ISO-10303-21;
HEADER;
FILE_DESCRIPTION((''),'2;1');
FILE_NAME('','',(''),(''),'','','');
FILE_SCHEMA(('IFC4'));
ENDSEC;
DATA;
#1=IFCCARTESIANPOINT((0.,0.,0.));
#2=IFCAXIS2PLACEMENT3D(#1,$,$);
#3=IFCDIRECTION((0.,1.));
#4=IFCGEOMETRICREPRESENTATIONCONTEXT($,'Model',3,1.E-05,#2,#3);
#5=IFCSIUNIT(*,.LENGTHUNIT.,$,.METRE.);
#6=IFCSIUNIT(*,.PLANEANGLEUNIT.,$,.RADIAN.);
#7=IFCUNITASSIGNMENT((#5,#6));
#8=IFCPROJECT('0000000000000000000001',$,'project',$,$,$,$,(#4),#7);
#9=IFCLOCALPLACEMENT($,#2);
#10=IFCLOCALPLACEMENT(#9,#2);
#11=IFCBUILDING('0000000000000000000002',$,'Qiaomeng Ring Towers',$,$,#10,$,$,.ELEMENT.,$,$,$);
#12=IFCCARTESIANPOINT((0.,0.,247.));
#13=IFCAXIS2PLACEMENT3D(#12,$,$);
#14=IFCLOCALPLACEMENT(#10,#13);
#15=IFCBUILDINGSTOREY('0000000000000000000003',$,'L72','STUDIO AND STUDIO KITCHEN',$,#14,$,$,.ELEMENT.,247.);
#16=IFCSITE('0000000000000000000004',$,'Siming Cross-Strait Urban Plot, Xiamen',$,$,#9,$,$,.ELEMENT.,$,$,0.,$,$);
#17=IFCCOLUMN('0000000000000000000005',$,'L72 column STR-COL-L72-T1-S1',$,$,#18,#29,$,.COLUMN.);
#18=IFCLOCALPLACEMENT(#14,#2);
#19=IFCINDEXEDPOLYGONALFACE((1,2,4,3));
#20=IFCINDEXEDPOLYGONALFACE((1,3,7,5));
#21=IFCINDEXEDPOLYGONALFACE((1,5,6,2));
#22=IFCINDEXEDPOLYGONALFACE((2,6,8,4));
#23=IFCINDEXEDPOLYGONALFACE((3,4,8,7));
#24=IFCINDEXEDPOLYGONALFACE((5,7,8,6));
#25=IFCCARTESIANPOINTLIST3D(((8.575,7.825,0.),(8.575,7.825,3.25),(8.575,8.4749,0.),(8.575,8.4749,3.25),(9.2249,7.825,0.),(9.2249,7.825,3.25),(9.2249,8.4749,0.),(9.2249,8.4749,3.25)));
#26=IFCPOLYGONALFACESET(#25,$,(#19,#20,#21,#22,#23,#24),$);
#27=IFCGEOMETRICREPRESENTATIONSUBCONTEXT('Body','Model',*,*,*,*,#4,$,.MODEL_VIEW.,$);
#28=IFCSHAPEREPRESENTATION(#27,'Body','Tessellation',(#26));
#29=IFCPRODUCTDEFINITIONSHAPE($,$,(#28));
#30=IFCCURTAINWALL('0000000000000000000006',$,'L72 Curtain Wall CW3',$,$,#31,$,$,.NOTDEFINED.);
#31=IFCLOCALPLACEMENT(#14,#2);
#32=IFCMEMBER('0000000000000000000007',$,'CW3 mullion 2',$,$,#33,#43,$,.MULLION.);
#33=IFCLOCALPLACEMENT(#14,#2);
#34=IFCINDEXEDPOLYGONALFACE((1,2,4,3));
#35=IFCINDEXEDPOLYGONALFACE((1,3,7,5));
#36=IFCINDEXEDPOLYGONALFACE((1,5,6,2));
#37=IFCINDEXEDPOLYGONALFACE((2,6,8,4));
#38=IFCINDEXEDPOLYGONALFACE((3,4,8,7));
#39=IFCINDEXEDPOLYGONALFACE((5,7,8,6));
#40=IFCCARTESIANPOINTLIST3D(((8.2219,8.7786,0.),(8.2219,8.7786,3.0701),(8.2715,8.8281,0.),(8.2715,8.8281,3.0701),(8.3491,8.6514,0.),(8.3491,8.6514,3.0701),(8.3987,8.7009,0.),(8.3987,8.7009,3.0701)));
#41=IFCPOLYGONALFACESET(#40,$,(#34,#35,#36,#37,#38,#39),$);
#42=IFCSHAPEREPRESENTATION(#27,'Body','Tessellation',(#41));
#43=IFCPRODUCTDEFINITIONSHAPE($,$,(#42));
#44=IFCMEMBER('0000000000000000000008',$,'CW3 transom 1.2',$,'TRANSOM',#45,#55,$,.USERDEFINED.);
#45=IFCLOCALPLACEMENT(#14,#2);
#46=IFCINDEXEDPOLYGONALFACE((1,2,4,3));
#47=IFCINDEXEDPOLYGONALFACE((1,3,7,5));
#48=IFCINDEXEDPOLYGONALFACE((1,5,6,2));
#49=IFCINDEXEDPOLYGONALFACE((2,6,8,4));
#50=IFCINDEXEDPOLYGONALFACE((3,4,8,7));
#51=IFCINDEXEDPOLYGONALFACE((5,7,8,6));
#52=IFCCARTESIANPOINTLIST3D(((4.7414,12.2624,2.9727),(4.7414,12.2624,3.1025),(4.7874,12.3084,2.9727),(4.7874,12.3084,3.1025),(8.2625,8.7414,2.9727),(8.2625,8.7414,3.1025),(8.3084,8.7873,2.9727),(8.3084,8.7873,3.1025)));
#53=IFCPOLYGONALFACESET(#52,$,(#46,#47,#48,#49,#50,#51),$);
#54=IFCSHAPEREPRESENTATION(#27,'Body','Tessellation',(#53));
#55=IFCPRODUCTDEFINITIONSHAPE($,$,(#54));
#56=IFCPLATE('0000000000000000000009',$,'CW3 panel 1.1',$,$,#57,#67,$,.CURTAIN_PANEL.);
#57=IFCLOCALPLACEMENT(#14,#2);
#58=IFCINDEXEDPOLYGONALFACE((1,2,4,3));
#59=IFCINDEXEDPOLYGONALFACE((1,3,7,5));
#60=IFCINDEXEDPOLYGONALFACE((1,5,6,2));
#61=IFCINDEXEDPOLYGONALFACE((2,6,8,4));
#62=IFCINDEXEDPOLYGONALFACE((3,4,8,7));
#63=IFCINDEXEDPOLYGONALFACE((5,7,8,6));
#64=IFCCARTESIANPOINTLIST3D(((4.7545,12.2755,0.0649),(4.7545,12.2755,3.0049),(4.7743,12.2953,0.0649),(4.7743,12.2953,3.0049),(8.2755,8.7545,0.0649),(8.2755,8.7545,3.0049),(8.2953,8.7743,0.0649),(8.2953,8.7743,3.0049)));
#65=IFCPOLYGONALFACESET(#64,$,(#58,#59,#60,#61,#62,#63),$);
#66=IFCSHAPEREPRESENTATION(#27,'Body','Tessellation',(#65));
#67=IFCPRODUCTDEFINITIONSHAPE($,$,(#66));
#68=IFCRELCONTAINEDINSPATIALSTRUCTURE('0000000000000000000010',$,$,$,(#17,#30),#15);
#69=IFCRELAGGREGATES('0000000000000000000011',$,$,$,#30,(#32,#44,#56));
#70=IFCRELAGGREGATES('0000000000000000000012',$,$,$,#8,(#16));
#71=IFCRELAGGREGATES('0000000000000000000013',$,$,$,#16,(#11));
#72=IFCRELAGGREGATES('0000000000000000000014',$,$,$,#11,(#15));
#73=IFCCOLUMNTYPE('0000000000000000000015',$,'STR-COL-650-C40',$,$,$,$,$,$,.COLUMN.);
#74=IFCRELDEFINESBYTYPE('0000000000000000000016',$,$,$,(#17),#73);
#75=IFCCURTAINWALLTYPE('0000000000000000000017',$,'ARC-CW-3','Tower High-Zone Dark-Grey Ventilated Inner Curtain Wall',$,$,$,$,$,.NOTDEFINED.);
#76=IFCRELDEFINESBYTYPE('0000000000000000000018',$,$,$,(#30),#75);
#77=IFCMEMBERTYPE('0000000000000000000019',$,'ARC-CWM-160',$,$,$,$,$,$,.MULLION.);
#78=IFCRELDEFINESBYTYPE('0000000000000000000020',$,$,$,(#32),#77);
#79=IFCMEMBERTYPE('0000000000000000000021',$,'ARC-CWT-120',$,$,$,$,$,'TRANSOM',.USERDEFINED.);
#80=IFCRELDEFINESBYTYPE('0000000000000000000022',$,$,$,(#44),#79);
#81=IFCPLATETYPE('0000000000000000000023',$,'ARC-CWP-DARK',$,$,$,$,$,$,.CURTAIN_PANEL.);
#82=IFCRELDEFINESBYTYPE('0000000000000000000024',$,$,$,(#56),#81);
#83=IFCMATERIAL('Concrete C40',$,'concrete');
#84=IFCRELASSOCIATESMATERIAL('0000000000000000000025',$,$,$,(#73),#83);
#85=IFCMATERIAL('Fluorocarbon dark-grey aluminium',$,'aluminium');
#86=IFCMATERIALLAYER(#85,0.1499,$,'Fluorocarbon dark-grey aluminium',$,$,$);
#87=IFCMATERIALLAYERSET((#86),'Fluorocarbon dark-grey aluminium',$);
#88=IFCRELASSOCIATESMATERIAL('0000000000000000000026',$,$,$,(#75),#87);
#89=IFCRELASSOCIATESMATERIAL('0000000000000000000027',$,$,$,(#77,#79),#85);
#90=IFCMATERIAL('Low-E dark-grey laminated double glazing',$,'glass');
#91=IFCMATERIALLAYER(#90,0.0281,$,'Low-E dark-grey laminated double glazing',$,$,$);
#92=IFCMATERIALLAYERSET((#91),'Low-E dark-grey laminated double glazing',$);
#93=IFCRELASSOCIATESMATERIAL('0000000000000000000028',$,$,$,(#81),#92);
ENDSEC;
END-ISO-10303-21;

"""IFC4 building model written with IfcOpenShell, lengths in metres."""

from ifc_helpers import new_model, si_unit, direction, frame, origin, origin_2d, place, context, subcontext, project, spatial, rectangle, extrude, source, transform, mapped, material, layer, layer_set, material_profile, profile_set, type_object, element, aggregate, save


model = new_model("IFC4")

# Units and contexts
model_context = context("Model", 3, precision=1e-05, world=origin(), true_north=direction((0.0, 1.0)))
body_context = subcontext(model_context, "Body", "Model", "MODEL_VIEW")
ifc_project = project(units=[si_unit("LENGTHUNIT", "METRE"), si_unit("PLANEANGLEUNIT", "RADIAN")], contexts=[model_context])

# Site, building, storey
site_placement = place(None, origin())
site = spatial("IfcSite", under=ifc_project, at=site_placement, Name="Siming Cross-Strait Urban Plot, Xiamen", CompositionType="ELEMENT", RefElevation=0.0)
building_placement = place(site_placement, origin())
building = spatial("IfcBuilding", under=site, at=building_placement, Name="Qiaomeng Ring Towers", CompositionType="ELEMENT")
storey_placement = place(building_placement, frame((0.0, 0.0, 247.0)))
storey = spatial("IfcBuildingStorey", under=building, at=storey_placement, Name="L72", Description="STUDIO AND STUDIO KITCHEN", CompositionType="ELEMENT", Elevation=247.0)

# Column
ifc_material_1 = material(Name="Concrete C40", Category="concrete")
ifc_material_profile_1 = material_profile(ifc_material_1, rectangle(XDim=0.6499, YDim=0.6499, at=origin_2d()), Name="RC COL 650x650")
ifc_profile_set_1 = profile_set([ifc_material_profile_1], Name="Concrete C40")
column_type = type_object("IfcColumnType", Name="STR-COL-650-C40", PredefinedType="COLUMN", material=ifc_profile_set_1)
shared_shape_1 = source(origin(), body_context, "Body", "SweptSolid", [
    extrude(rectangle(XDim=0.6499, YDim=0.6499, at=origin_2d()), origin(), (0.0, 0.0, 1.0), 3.25),
])
column_placement = place(storey_placement, frame((8.8999, 8.1499, 0.0), z_axis=(0.0, 0.0, 1.0), x_axis=(1.0, 0.0, 0.0)))
element("IfcColumn", 1, at=column_placement, inside=storey, type_object=column_type, Name="L72 column STR-COL-L72-T1-S1", PredefinedType="COLUMN", context=body_context, shape_type="MappedRepresentation", body=[
    mapped(shared_shape_1, transform((0.0, 0.0, 0.0), x_axis=(1.0, 0.0, 0.0), y_axis=(0.0, 1.0, 0.0), z_axis=(0.0, 0.0, 1.0), scale=1.0)),
])

# Curtain wall, members, plate
ifc_material_2 = material(Name="Fluorocarbon dark-grey aluminium", Category="aluminium")
ifc_layer_1 = layer(ifc_material_2, 0.1499, Name="Fluorocarbon dark-grey aluminium")
ifc_layer_set_1 = layer_set([ifc_layer_1], Name="Fluorocarbon dark-grey aluminium")
curtain_wall_type = type_object("IfcCurtainWallType", Name="ARC-CW-3", Description="Tower High-Zone Dark-Grey Ventilated Inner Curtain Wall", PredefinedType="NOTDEFINED", material=ifc_layer_set_1)
curtain_wall_placement = place(storey_placement, origin())
curtain_wall = element("IfcCurtainWall", 2, at=curtain_wall_placement, inside=storey, type_object=curtain_wall_type, Name="L72 Curtain Wall CW3", PredefinedType="NOTDEFINED")
ifc_material_profile_2 = material_profile(ifc_material_2, rectangle(XDim=0.0701, YDim=0.1799, at=origin_2d()), Name="ALU MULL 70x180")
ifc_profile_set_2 = profile_set([ifc_material_profile_2], Name="Fluorocarbon dark-grey aluminium")
member_type_1 = type_object("IfcMemberType", Name="ARC-CWM-160", PredefinedType="MULLION", material=ifc_profile_set_2)
shared_shape_2 = source(origin(), body_context, "Body", "SweptSolid", [
    extrude(rectangle(XDim=0.0701, YDim=0.1799, at=origin_2d()), origin(), (0.0, 0.0, 1.0), 3.0701),
])
member_1_placement = place(storey_placement, frame((8.3103, 8.7397, 0.0), z_axis=(0.0, 0.0, 1.0), x_axis=(0.707107, 0.707107, 0.0)))
member_1 = element("IfcMember", 3, at=member_1_placement, type_object=member_type_1, Name="CW3 mullion 2", PredefinedType="MULLION", context=body_context, shape_type="MappedRepresentation", body=[
    mapped(shared_shape_2, transform((0.0, 0.0, 0.0), x_axis=(1.0, 0.0, 0.0), y_axis=(0.0, 1.0, 0.0), z_axis=(0.0, 0.0, 1.0), scale=1.0)),
])
ifc_material_profile_3 = material_profile(ifc_material_2, rectangle(XDim=0.0649, YDim=0.1299, at=origin_2d()), Name="ALU TRAN 65x130")
ifc_profile_set_3 = profile_set([ifc_material_profile_3], Name="Fluorocarbon dark-grey aluminium")
member_type_2 = type_object("IfcMemberType", Name="ARC-CWT-120", ElementType="TRANSOM", PredefinedType="USERDEFINED", material=ifc_profile_set_3)
shared_shape_3 = source(origin(), body_context, "Body", "SweptSolid", [
    extrude(rectangle(XDim=0.0649, YDim=0.1299, at=origin_2d()), origin(), (0.0, 0.0, 1.0), 4.9795),
])
member_2_placement = place(storey_placement, frame((4.7644, 12.2854, 3.0376), z_axis=(0.707107, -0.707107, 0.0), x_axis=(0.707107, 0.707107, 0.0)))
member_2 = element("IfcMember", 4, at=member_2_placement, type_object=member_type_2, Name="CW3 transom 1.2", ObjectType="TRANSOM", PredefinedType="USERDEFINED", context=body_context, shape_type="MappedRepresentation", body=[
    mapped(shared_shape_3, transform((0.0, 0.0, 0.0), x_axis=(1.0, 0.0, 0.0), y_axis=(0.0, 1.0, 0.0), z_axis=(0.0, 0.0, 1.0), scale=1.0)),
])
ifc_material_3 = material(Name="Low-E dark-grey laminated double glazing", Category="glass")
ifc_layer_2 = layer(ifc_material_3, 0.0281, Name="Low-E dark-grey laminated double glazing")
ifc_layer_set_2 = layer_set([ifc_layer_2], Name="Low-E dark-grey laminated double glazing")
plate_type = type_object("IfcPlateType", Name="ARC-CWP-DARK", PredefinedType="CURTAIN_PANEL", material=ifc_layer_set_2)
shared_shape_4 = source(origin(), body_context, "Body", "SweptSolid", [
    extrude(rectangle(XDim=4.9795, YDim=0.0281, at=origin_2d()), origin(), (0.0, 0.0, 1.0), 2.9399),
])
plate_placement = place(storey_placement, frame((6.5249, 10.5249, 0.0649), z_axis=(0.0, 0.0, 1.0), x_axis=(0.707107, -0.707107, 0.0)))
plate = element("IfcPlate", 5, at=plate_placement, type_object=plate_type, Name="CW3 panel 1.1", PredefinedType="CURTAIN_PANEL", context=body_context, shape_type="MappedRepresentation", body=[
    mapped(shared_shape_4, transform((0.0, 0.0, 0.0), x_axis=(1.0, 0.0, 0.0), y_axis=(0.0, 1.0, 0.0), z_axis=(0.0, 0.0, 1.0), scale=1.0)),
])
aggregate(curtain_wall, [member_1, member_2, plate])

save(model, "model.ifc")
